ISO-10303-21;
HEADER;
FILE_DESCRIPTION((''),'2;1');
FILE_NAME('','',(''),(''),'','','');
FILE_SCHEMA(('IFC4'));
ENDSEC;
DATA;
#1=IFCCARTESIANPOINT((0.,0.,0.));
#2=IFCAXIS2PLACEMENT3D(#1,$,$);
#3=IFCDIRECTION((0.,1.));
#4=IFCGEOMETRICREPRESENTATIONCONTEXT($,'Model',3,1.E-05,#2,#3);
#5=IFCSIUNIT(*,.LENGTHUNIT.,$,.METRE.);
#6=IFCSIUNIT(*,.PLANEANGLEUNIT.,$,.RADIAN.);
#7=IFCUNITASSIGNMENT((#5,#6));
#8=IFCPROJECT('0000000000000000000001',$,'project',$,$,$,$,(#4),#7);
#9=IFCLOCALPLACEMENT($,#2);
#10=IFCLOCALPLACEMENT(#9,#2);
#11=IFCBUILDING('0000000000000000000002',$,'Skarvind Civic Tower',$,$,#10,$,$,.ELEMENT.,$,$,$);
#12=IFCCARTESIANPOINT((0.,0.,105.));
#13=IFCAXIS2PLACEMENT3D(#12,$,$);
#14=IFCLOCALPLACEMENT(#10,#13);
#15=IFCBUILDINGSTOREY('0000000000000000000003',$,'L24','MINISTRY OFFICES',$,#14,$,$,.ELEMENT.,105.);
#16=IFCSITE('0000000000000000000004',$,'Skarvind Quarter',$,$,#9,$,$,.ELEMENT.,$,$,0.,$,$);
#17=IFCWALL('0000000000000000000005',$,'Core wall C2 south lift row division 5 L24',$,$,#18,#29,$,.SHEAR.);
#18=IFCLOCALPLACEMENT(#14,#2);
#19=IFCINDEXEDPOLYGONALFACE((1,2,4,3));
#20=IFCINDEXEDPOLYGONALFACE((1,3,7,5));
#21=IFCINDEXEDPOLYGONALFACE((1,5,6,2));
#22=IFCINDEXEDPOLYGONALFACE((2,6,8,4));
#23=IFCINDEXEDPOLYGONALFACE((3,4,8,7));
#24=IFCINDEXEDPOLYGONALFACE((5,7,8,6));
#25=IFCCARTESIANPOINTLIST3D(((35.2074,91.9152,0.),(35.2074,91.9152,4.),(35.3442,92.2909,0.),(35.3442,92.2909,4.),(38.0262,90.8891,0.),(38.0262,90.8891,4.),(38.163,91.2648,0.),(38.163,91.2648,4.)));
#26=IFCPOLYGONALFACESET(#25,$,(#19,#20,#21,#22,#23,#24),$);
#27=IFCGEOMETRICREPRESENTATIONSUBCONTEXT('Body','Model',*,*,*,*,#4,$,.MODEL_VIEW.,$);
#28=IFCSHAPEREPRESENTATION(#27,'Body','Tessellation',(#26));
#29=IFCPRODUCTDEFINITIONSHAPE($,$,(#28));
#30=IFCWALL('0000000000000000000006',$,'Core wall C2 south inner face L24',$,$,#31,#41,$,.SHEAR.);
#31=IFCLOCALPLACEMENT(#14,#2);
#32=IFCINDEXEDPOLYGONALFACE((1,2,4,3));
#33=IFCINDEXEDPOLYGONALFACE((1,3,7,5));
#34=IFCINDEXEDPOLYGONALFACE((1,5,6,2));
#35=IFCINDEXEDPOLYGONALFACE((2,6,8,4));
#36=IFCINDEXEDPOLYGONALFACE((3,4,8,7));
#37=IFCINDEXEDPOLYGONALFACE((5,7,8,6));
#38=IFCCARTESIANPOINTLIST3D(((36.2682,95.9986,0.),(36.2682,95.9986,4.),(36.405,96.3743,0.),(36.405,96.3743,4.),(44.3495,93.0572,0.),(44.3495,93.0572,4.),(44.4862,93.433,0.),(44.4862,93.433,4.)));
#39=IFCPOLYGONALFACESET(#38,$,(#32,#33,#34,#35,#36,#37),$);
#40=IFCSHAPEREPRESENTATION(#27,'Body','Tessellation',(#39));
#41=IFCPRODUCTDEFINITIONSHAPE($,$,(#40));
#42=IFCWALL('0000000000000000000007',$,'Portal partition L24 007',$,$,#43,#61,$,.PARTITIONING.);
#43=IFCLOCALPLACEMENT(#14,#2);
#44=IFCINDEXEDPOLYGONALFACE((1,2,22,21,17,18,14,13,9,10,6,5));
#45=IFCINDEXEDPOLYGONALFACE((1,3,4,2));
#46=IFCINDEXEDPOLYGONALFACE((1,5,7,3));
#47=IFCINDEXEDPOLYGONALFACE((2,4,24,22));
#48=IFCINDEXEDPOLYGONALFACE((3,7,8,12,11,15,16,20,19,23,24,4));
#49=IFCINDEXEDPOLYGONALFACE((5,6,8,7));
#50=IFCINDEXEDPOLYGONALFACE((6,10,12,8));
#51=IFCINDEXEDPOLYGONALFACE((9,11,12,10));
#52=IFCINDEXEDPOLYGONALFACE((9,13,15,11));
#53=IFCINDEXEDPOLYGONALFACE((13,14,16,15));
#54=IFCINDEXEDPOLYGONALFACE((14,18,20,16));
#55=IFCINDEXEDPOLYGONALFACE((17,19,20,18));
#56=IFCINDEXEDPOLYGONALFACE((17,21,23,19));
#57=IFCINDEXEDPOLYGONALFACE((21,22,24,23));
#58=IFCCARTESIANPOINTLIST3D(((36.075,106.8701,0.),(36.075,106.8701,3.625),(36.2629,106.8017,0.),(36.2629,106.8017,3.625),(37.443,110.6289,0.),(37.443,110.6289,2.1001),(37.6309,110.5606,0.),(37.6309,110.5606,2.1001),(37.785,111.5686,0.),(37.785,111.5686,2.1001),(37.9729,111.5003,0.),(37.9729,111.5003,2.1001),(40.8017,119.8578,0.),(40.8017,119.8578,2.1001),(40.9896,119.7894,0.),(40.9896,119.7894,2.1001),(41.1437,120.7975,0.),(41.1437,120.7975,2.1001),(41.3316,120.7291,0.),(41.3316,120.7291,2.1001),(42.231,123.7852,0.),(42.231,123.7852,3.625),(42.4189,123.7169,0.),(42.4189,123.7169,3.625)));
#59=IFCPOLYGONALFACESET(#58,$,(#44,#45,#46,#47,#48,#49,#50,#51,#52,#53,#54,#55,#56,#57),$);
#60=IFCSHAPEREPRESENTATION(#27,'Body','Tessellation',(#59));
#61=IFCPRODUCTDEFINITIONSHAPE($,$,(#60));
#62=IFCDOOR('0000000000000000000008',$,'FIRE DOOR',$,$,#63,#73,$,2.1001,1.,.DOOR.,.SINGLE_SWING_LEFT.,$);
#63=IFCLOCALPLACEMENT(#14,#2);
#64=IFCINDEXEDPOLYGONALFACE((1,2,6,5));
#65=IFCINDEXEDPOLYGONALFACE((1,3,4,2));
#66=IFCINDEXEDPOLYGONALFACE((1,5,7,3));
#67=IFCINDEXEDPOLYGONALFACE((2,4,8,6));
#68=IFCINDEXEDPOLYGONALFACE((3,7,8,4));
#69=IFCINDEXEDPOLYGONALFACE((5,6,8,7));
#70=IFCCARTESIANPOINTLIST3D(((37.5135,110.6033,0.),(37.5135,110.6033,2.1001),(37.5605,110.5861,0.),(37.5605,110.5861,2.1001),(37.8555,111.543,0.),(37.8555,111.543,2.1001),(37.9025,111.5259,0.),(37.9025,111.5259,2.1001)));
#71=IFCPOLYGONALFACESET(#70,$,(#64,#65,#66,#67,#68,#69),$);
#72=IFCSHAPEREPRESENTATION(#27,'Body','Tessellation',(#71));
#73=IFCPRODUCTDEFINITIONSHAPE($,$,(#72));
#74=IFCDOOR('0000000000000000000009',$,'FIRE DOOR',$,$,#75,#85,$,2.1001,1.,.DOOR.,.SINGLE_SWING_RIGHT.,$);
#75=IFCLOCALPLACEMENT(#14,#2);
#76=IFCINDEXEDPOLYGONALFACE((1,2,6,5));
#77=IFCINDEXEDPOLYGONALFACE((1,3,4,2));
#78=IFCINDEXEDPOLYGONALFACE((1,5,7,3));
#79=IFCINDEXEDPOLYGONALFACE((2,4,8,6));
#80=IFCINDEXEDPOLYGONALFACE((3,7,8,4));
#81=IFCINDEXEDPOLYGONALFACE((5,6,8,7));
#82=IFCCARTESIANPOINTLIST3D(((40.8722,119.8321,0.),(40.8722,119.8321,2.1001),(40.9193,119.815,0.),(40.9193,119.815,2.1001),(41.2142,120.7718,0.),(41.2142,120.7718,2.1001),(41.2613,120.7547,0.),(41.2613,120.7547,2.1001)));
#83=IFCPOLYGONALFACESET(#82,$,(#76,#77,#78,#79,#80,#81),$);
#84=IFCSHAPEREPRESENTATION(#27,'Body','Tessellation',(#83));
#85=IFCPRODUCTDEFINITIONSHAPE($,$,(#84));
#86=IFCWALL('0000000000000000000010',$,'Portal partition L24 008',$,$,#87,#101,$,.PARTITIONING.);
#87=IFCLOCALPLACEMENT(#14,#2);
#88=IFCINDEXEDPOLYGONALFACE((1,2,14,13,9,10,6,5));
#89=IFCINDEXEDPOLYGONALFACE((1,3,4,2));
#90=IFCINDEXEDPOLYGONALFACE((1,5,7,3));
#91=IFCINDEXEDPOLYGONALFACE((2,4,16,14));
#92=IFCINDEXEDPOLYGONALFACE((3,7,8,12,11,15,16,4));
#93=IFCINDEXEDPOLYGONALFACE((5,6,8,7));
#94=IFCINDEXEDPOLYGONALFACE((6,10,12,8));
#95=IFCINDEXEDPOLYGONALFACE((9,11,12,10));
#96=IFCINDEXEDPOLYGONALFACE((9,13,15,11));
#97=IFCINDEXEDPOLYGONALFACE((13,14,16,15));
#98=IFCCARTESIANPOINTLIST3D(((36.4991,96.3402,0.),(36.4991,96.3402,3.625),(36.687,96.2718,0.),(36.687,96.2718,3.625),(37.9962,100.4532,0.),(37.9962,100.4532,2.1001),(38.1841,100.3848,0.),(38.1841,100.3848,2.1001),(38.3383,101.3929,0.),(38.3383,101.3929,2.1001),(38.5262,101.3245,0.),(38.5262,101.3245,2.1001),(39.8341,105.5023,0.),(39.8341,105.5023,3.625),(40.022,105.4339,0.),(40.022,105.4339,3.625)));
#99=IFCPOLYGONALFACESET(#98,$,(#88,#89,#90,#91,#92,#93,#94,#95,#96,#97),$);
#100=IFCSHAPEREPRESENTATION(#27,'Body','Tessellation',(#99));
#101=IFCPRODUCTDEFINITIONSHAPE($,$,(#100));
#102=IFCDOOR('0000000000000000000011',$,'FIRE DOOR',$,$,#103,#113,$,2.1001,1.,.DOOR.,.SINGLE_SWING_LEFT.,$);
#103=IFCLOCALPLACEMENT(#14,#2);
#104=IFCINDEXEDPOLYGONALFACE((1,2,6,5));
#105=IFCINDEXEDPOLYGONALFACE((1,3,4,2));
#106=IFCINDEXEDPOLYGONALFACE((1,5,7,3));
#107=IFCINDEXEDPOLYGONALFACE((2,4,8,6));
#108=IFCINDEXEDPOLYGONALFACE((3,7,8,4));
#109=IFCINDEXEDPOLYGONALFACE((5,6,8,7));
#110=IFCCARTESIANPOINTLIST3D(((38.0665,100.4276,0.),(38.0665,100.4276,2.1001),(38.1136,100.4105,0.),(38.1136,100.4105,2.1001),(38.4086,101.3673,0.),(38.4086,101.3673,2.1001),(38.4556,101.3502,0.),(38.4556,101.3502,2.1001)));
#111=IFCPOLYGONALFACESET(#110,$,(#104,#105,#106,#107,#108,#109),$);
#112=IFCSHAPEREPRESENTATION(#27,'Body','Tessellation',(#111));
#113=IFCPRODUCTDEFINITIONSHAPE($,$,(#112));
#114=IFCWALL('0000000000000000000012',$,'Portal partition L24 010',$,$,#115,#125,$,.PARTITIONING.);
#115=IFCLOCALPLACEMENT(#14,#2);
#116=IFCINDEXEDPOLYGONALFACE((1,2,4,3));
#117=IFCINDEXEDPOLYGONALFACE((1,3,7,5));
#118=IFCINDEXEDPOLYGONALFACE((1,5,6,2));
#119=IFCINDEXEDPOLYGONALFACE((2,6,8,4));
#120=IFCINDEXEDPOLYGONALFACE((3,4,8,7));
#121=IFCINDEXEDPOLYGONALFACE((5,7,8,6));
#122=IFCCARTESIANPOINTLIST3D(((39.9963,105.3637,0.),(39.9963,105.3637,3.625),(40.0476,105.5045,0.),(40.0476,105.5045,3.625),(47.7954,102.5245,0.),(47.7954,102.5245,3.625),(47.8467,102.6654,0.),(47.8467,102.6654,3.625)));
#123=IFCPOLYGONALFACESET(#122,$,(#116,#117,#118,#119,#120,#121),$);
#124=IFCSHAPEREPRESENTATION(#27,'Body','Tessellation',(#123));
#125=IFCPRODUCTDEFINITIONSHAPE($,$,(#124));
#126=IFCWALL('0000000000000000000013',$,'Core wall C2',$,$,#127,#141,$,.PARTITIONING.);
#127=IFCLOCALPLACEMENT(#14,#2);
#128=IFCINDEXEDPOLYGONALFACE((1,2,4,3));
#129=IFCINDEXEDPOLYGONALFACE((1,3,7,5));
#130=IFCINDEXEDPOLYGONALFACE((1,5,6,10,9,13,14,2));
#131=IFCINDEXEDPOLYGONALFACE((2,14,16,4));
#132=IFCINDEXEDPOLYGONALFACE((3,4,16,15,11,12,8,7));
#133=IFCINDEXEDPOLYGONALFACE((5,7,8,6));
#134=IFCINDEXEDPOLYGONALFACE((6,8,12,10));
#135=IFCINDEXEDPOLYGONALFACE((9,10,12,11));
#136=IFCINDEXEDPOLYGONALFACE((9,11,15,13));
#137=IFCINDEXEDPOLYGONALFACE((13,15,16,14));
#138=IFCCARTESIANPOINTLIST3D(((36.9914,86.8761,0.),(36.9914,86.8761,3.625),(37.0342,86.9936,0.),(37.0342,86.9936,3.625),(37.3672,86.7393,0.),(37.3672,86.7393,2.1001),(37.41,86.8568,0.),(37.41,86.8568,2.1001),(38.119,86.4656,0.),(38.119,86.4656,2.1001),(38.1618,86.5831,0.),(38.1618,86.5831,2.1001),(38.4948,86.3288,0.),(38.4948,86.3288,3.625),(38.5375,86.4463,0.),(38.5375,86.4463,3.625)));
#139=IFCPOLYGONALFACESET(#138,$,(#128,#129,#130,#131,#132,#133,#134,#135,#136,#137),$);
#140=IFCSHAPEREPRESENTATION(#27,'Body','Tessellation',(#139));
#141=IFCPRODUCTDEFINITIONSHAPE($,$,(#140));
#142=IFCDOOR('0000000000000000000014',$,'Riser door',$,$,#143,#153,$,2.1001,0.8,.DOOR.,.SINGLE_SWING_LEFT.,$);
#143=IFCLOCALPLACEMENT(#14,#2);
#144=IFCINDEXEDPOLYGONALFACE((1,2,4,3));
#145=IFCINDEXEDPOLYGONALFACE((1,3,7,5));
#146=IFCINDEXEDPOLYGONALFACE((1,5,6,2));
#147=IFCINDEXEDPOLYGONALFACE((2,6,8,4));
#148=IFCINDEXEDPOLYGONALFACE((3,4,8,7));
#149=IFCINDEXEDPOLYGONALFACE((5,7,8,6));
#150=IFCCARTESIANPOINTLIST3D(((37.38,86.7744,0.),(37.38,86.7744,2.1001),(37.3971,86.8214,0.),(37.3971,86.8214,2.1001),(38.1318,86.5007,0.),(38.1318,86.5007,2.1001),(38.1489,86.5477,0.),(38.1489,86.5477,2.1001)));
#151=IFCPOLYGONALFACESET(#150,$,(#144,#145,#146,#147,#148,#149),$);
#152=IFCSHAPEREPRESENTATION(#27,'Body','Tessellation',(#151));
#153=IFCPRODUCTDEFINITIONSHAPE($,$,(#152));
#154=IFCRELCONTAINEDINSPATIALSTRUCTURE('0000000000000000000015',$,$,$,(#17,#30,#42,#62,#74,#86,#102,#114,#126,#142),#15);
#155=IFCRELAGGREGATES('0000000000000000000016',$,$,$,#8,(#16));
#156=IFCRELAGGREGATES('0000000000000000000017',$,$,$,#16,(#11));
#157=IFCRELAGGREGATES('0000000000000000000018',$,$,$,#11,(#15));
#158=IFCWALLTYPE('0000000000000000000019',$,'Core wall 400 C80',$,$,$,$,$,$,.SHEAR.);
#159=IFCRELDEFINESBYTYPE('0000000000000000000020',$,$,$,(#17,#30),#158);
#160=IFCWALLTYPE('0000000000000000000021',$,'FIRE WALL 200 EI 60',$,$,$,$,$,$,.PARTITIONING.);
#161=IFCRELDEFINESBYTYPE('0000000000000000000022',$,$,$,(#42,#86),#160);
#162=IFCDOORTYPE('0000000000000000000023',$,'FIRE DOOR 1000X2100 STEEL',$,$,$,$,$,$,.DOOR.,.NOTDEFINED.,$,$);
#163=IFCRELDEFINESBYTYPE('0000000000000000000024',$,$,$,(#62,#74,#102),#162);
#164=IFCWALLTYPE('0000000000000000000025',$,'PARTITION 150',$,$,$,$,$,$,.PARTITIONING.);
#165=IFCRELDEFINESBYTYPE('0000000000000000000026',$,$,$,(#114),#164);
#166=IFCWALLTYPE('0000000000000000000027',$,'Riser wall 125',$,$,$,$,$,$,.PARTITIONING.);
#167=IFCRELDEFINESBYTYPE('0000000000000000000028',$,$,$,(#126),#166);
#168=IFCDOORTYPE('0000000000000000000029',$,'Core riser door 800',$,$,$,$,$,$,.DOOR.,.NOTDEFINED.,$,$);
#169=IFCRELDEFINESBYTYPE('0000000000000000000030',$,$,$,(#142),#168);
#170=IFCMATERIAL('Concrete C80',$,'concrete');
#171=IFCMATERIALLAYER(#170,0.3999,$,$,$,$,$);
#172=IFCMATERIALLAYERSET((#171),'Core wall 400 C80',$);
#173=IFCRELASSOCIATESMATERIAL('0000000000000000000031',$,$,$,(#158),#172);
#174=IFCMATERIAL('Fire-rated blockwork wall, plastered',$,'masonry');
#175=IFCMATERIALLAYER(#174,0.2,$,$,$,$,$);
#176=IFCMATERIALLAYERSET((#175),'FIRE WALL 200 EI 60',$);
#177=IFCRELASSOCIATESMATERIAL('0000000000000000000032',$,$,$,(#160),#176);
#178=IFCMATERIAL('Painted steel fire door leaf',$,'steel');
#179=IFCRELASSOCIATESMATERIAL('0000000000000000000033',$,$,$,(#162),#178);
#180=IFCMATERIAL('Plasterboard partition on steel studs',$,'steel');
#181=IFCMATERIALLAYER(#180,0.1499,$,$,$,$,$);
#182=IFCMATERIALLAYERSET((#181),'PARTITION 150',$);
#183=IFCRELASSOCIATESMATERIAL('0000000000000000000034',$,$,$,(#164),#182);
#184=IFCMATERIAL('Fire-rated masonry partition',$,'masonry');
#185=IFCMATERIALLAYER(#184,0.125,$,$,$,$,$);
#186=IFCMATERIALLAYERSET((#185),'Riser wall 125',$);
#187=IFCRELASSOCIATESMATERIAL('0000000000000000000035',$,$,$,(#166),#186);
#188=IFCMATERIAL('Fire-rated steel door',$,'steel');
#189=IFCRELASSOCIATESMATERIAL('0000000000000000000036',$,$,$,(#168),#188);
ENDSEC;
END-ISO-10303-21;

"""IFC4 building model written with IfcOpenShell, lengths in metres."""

from ifc_helpers import new_model, si_unit, direction, frame, frame_2d, origin, place, context, subcontext, project, spatial, rectangle, extrude, material, layer, layer_set, type_object, element, fill, save


model = new_model("IFC4")

# Units and contexts
model_context = context("Model", 3, precision=1e-05, world=origin(), true_north=direction((0.0, 1.0)))
body_context = subcontext(model_context, "Body", "Model", "MODEL_VIEW")
ifc_project = project(units=[si_unit("LENGTHUNIT", "METRE"), si_unit("PLANEANGLEUNIT", "RADIAN")], contexts=[model_context])

# Site, building, storey
site_placement = place(None, origin())
site = spatial("IfcSite", under=ifc_project, at=site_placement, Name="Skarvind Quarter", CompositionType="ELEMENT", RefElevation=0.0)
building_placement = place(site_placement, origin())
building = spatial("IfcBuilding", under=site, at=building_placement, Name="Skarvind Civic Tower", CompositionType="ELEMENT")
storey_placement = place(building_placement, frame((0.0, 0.0, 105.0)))
storey = spatial("IfcBuildingStorey", under=building, at=storey_placement, Name="L24", Description="MINISTRY OFFICES", CompositionType="ELEMENT", Elevation=105.0)

# Shared definitions
ifc_material_1 = material(Name="Concrete C80", Category="concrete")

# Shared definitions
ifc_material_2 = material(Name="Fire-rated masonry partition", Category="masonry")
ifc_material_3 = material(Name="Fire-rated steel door", Category="steel")

# Walls
ifc_layer_1 = layer(ifc_material_1, 0.3999)
ifc_layer_set_1 = layer_set([ifc_layer_1], Name="Core wall 400 C80")
wall_type_1 = type_object("IfcWallType", Name="Core wall 400 C80", PredefinedType="SHEAR", material=ifc_layer_set_1)
wall_1_placement = place(storey_placement, frame((38.0947, 91.0769, 0.0), z_axis=(0.0, 0.0, 1.0), x_axis=(-0.939677, 0.342063, 0.0)))
element("IfcWall", 1, at=wall_1_placement, inside=storey, type_object=wall_type_1, Name="Core wall C2 south lift row division 5 L24", PredefinedType="SHEAR", context=body_context, shape_type="SweptSolid", body=[
    extrude(rectangle(XDim=2.9998, YDim=0.3999, at=frame_2d((1.5, 0.0))), origin(), (0.0, 0.0, 1.0), 4.0),
])
wall_2_placement = place(storey_placement, frame((44.4177, 93.2451, 0.0), z_axis=(0.0, 0.0, 1.0), x_axis=(-0.939691, 0.342026, 0.0)))
element("IfcWall", 2, at=wall_2_placement, inside=storey, type_object=wall_type_1, Name="Core wall C2 south inner face L24", PredefinedType="SHEAR", context=body_context, shape_type="SweptSolid", body=[
    extrude(rectangle(XDim=8.5999, YDim=0.3999, at=frame_2d((4.2998, 0.0))), origin(), (0.0, 0.0, 1.0), 4.0),
])

# Wall, openings, doors
ifc_material_4 = material(Name="Fire-rated blockwork wall, plastered", Category="masonry")
ifc_layer_2 = layer(ifc_material_4, 0.2)
ifc_layer_set_2 = layer_set([ifc_layer_2], Name="FIRE WALL 200 EI 60")
wall_type_2 = type_object("IfcWallType", Name="FIRE WALL 200 EI 60", PredefinedType="PARTITIONING", material=ifc_layer_set_2)
wall_3_placement = place(storey_placement, frame((36.1689, 106.8359, 0.0), z_axis=(0.0, 0.0, 1.0), x_axis=(0.341992, 0.939703, 0.0)))
wall_3 = element("IfcWall", 3, at=wall_3_placement, inside=storey, type_object=wall_type_2, Name="Portal partition L24 007", PredefinedType="PARTITIONING", context=body_context, shape_type="SweptSolid", body=[
    extrude(rectangle(XDim=18.0005, YDim=0.2, at=frame_2d((9.0002, 0.0))), origin(), (0.0, 0.0, 1.0), 3.625),
])
opening_1_placement = place(wall_3_placement, frame((4.0, 0.0, 0.0)))
opening_1 = element("IfcOpeningElement", 4, at=opening_1_placement, cuts=wall_3, PredefinedType="OPENING", context=body_context, shape_type="SweptSolid", body=[
    extrude(rectangle(XDim=1.0, YDim=2.1001, at=frame_2d((0.5, 1.05))), frame((0.0, 0.1099, 0.0), z_axis=(0.0, -1.0, 0.0), x_axis=(1.0, 0.0, 0.0)), (0.0, 0.0, 1.0), 0.22),
])
opening_2_placement = place(wall_3_placement, frame((13.821, 0.0, 0.0)))
opening_2 = element("IfcOpeningElement", 5, at=opening_2_placement, cuts=wall_3, PredefinedType="OPENING", context=body_context, shape_type="SweptSolid", body=[
    extrude(rectangle(XDim=1.0, YDim=2.1001, at=frame_2d((0.5, 1.05))), frame((0.0, 0.1099, 0.0), z_axis=(0.0, -1.0, 0.0), x_axis=(1.0, 0.0, 0.0)), (0.0, 0.0, 1.0), 0.22),
])
ifc_material_5 = material(Name="Painted steel fire door leaf", Category="steel")
door_type_1 = type_object("IfcDoorType", Name="FIRE DOOR 1000X2100 STEEL", OperationType="NOTDEFINED", PredefinedType="DOOR", material=ifc_material_5)
door_1_placement = place(opening_1_placement, origin())
door_1 = element("IfcDoor", 6, at=door_1_placement, inside=storey, type_object=door_type_1, Name="FIRE DOOR", OperationType="SINGLE_SWING_LEFT", OverallHeight=2.1001, OverallWidth=1.0, PredefinedType="DOOR", context=body_context, shape_type="SweptSolid", body=[
    extrude(rectangle(XDim=1.0, YDim=2.1001, at=frame_2d((0.5, 1.05))), frame((0.0, 0.0249, 0.0), z_axis=(0.0, -1.0, 0.0), x_axis=(1.0, 0.0, 0.0)), (0.0, 0.0, 1.0), 0.05),
])
fill(opening_1, door_1)
door_2_placement = place(opening_2_placement, origin())
door_2 = element("IfcDoor", 7, at=door_2_placement, inside=storey, type_object=door_type_1, Name="FIRE DOOR", OperationType="SINGLE_SWING_RIGHT", OverallHeight=2.1001, OverallWidth=1.0, PredefinedType="DOOR", context=body_context, shape_type="SweptSolid", body=[
    extrude(rectangle(XDim=1.0, YDim=2.1001, at=frame_2d((0.5, 1.05))), frame((0.0, 0.0249, 0.0), z_axis=(0.0, -1.0, 0.0), x_axis=(1.0, 0.0, 0.0)), (0.0, 0.0, 1.0), 0.05),
])
fill(opening_2, door_2)

# Wall, opening, door
wall_4_placement = place(storey_placement, frame((39.928, 105.468, 0.0), z_axis=(0.0, 0.0, 1.0), x_axis=(-0.342041, -0.939685, 0.0)))
wall_4 = element("IfcWall", 8, at=wall_4_placement, inside=storey, type_object=wall_type_2, Name="Portal partition L24 008", PredefinedType="PARTITIONING", context=body_context, shape_type="SweptSolid", body=[
    extrude(rectangle(XDim=9.7502, YDim=0.2, at=frame_2d((4.875, 0.0))), origin(), (0.0, 0.0, 1.0), 3.625),
])
opening_3_placement = place(wall_4_placement, frame((4.373, 0.0, 0.0)))
opening_3 = element("IfcOpeningElement", 9, at=opening_3_placement, cuts=wall_4, PredefinedType="OPENING", context=body_context, shape_type="SweptSolid", body=[
    extrude(rectangle(XDim=1.0, YDim=2.1001, at=frame_2d((0.5, 1.05))), frame((0.0, 0.1099, 0.0), z_axis=(0.0, -1.0, 0.0), x_axis=(1.0, 0.0, 0.0)), (0.0, 0.0, 1.0), 0.22),
])
door_3_placement = place(opening_3_placement, origin())
door_3 = element("IfcDoor", 10, at=door_3_placement, inside=storey, type_object=door_type_1, Name="FIRE DOOR", OperationType="SINGLE_SWING_LEFT", OverallHeight=2.1001, OverallWidth=1.0, PredefinedType="DOOR", context=body_context, shape_type="SweptSolid", body=[
    extrude(rectangle(XDim=1.0, YDim=2.1001, at=frame_2d((0.5, 1.05))), frame((0.0, 0.0249, 0.0), z_axis=(0.0, -1.0, 0.0), x_axis=(1.0, 0.0, 0.0)), (0.0, 0.0, 1.0), 0.05),
])
fill(opening_3, door_3)

# Wall
ifc_material_6 = material(Name="Plasterboard partition on steel studs", Category="steel")
ifc_layer_3 = layer(ifc_material_6, 0.1499)
ifc_layer_set_3 = layer_set([ifc_layer_3], Name="PARTITION 150")
wall_type_3 = type_object("IfcWallType", Name="PARTITION 150", PredefinedType="PARTITIONING", material=ifc_layer_set_3)
wall_5_placement = place(storey_placement, frame((40.022, 105.4341, 0.0), z_axis=(0.0, 0.0, 1.0), x_axis=(0.939674, -0.342071, 0.0)))
element("IfcWall", 11, at=wall_5_placement, inside=storey, type_object=wall_type_3, Name="Portal partition L24 010", PredefinedType="PARTITIONING", context=body_context, shape_type="SweptSolid", body=[
    extrude(rectangle(XDim=8.2998, YDim=0.1499, at=frame_2d((4.1499, 0.0))), origin(), (0.0, 0.0, 1.0), 3.625),
])

# Wall, opening, door
ifc_layer_4 = layer(ifc_material_2, 0.125)
ifc_layer_set_4 = layer_set([ifc_layer_4], Name="Riser wall 125")
wall_type_4 = type_object("IfcWallType", Name="Riser wall 125", PredefinedType="PARTITIONING", material=ifc_layer_set_4)
wall_6_placement = place(storey_placement, frame((37.0129, 86.9348, 0.0), z_axis=(0.0, 0.0, 1.0), x_axis=(0.93966, -0.342111, 0.0)))
wall_6 = element("IfcWall", 12, at=wall_6_placement, inside=storey, type_object=wall_type_4, Name="Core wall C2", PredefinedType="PARTITIONING", context=body_context, shape_type="SweptSolid", body=[
    extrude(rectangle(XDim=1.5999, YDim=0.125, at=frame_2d((0.7998, 0.0))), origin(), (0.0, 0.0, 1.0), 3.625),
])
opening_4_placement = place(wall_6_placement, frame((0.3999, 0.0, 0.0)))
opening_4 = element("IfcOpeningElement", 13, at=opening_4_placement, cuts=wall_6, PredefinedType="OPENING", context=body_context, shape_type="SweptSolid", body=[
    extrude(rectangle(XDim=0.8, YDim=2.1001, at=frame_2d((0.3999, 1.05))), frame((0.0, 0.0725, 0.0), z_axis=(0.0, -1.0, 0.0), x_axis=(1.0, 0.0, 0.0)), (0.0, 0.0, 1.0), 0.145),
])
door_type_2 = type_object("IfcDoorType", Name="Core riser door 800", OperationType="NOTDEFINED", PredefinedType="DOOR", material=ifc_material_3)
door_4_placement = place(opening_4_placement, origin())
door_4 = element("IfcDoor", 14, at=door_4_placement, inside=storey, type_object=door_type_2, Name="Riser door", OperationType="SINGLE_SWING_LEFT", OverallHeight=2.1001, OverallWidth=0.8, PredefinedType="DOOR", context=body_context, shape_type="SweptSolid", body=[
    extrude(rectangle(XDim=0.8, YDim=2.1001, at=frame_2d((0.3999, 1.05))), frame((0.0, 0.0249, 0.0), z_axis=(0.0, -1.0, 0.0), x_axis=(1.0, 0.0, 0.0)), (0.0, 0.0, 1.0), 0.05),
])
fill(opening_4, door_4)

save(model, "model.ifc")
